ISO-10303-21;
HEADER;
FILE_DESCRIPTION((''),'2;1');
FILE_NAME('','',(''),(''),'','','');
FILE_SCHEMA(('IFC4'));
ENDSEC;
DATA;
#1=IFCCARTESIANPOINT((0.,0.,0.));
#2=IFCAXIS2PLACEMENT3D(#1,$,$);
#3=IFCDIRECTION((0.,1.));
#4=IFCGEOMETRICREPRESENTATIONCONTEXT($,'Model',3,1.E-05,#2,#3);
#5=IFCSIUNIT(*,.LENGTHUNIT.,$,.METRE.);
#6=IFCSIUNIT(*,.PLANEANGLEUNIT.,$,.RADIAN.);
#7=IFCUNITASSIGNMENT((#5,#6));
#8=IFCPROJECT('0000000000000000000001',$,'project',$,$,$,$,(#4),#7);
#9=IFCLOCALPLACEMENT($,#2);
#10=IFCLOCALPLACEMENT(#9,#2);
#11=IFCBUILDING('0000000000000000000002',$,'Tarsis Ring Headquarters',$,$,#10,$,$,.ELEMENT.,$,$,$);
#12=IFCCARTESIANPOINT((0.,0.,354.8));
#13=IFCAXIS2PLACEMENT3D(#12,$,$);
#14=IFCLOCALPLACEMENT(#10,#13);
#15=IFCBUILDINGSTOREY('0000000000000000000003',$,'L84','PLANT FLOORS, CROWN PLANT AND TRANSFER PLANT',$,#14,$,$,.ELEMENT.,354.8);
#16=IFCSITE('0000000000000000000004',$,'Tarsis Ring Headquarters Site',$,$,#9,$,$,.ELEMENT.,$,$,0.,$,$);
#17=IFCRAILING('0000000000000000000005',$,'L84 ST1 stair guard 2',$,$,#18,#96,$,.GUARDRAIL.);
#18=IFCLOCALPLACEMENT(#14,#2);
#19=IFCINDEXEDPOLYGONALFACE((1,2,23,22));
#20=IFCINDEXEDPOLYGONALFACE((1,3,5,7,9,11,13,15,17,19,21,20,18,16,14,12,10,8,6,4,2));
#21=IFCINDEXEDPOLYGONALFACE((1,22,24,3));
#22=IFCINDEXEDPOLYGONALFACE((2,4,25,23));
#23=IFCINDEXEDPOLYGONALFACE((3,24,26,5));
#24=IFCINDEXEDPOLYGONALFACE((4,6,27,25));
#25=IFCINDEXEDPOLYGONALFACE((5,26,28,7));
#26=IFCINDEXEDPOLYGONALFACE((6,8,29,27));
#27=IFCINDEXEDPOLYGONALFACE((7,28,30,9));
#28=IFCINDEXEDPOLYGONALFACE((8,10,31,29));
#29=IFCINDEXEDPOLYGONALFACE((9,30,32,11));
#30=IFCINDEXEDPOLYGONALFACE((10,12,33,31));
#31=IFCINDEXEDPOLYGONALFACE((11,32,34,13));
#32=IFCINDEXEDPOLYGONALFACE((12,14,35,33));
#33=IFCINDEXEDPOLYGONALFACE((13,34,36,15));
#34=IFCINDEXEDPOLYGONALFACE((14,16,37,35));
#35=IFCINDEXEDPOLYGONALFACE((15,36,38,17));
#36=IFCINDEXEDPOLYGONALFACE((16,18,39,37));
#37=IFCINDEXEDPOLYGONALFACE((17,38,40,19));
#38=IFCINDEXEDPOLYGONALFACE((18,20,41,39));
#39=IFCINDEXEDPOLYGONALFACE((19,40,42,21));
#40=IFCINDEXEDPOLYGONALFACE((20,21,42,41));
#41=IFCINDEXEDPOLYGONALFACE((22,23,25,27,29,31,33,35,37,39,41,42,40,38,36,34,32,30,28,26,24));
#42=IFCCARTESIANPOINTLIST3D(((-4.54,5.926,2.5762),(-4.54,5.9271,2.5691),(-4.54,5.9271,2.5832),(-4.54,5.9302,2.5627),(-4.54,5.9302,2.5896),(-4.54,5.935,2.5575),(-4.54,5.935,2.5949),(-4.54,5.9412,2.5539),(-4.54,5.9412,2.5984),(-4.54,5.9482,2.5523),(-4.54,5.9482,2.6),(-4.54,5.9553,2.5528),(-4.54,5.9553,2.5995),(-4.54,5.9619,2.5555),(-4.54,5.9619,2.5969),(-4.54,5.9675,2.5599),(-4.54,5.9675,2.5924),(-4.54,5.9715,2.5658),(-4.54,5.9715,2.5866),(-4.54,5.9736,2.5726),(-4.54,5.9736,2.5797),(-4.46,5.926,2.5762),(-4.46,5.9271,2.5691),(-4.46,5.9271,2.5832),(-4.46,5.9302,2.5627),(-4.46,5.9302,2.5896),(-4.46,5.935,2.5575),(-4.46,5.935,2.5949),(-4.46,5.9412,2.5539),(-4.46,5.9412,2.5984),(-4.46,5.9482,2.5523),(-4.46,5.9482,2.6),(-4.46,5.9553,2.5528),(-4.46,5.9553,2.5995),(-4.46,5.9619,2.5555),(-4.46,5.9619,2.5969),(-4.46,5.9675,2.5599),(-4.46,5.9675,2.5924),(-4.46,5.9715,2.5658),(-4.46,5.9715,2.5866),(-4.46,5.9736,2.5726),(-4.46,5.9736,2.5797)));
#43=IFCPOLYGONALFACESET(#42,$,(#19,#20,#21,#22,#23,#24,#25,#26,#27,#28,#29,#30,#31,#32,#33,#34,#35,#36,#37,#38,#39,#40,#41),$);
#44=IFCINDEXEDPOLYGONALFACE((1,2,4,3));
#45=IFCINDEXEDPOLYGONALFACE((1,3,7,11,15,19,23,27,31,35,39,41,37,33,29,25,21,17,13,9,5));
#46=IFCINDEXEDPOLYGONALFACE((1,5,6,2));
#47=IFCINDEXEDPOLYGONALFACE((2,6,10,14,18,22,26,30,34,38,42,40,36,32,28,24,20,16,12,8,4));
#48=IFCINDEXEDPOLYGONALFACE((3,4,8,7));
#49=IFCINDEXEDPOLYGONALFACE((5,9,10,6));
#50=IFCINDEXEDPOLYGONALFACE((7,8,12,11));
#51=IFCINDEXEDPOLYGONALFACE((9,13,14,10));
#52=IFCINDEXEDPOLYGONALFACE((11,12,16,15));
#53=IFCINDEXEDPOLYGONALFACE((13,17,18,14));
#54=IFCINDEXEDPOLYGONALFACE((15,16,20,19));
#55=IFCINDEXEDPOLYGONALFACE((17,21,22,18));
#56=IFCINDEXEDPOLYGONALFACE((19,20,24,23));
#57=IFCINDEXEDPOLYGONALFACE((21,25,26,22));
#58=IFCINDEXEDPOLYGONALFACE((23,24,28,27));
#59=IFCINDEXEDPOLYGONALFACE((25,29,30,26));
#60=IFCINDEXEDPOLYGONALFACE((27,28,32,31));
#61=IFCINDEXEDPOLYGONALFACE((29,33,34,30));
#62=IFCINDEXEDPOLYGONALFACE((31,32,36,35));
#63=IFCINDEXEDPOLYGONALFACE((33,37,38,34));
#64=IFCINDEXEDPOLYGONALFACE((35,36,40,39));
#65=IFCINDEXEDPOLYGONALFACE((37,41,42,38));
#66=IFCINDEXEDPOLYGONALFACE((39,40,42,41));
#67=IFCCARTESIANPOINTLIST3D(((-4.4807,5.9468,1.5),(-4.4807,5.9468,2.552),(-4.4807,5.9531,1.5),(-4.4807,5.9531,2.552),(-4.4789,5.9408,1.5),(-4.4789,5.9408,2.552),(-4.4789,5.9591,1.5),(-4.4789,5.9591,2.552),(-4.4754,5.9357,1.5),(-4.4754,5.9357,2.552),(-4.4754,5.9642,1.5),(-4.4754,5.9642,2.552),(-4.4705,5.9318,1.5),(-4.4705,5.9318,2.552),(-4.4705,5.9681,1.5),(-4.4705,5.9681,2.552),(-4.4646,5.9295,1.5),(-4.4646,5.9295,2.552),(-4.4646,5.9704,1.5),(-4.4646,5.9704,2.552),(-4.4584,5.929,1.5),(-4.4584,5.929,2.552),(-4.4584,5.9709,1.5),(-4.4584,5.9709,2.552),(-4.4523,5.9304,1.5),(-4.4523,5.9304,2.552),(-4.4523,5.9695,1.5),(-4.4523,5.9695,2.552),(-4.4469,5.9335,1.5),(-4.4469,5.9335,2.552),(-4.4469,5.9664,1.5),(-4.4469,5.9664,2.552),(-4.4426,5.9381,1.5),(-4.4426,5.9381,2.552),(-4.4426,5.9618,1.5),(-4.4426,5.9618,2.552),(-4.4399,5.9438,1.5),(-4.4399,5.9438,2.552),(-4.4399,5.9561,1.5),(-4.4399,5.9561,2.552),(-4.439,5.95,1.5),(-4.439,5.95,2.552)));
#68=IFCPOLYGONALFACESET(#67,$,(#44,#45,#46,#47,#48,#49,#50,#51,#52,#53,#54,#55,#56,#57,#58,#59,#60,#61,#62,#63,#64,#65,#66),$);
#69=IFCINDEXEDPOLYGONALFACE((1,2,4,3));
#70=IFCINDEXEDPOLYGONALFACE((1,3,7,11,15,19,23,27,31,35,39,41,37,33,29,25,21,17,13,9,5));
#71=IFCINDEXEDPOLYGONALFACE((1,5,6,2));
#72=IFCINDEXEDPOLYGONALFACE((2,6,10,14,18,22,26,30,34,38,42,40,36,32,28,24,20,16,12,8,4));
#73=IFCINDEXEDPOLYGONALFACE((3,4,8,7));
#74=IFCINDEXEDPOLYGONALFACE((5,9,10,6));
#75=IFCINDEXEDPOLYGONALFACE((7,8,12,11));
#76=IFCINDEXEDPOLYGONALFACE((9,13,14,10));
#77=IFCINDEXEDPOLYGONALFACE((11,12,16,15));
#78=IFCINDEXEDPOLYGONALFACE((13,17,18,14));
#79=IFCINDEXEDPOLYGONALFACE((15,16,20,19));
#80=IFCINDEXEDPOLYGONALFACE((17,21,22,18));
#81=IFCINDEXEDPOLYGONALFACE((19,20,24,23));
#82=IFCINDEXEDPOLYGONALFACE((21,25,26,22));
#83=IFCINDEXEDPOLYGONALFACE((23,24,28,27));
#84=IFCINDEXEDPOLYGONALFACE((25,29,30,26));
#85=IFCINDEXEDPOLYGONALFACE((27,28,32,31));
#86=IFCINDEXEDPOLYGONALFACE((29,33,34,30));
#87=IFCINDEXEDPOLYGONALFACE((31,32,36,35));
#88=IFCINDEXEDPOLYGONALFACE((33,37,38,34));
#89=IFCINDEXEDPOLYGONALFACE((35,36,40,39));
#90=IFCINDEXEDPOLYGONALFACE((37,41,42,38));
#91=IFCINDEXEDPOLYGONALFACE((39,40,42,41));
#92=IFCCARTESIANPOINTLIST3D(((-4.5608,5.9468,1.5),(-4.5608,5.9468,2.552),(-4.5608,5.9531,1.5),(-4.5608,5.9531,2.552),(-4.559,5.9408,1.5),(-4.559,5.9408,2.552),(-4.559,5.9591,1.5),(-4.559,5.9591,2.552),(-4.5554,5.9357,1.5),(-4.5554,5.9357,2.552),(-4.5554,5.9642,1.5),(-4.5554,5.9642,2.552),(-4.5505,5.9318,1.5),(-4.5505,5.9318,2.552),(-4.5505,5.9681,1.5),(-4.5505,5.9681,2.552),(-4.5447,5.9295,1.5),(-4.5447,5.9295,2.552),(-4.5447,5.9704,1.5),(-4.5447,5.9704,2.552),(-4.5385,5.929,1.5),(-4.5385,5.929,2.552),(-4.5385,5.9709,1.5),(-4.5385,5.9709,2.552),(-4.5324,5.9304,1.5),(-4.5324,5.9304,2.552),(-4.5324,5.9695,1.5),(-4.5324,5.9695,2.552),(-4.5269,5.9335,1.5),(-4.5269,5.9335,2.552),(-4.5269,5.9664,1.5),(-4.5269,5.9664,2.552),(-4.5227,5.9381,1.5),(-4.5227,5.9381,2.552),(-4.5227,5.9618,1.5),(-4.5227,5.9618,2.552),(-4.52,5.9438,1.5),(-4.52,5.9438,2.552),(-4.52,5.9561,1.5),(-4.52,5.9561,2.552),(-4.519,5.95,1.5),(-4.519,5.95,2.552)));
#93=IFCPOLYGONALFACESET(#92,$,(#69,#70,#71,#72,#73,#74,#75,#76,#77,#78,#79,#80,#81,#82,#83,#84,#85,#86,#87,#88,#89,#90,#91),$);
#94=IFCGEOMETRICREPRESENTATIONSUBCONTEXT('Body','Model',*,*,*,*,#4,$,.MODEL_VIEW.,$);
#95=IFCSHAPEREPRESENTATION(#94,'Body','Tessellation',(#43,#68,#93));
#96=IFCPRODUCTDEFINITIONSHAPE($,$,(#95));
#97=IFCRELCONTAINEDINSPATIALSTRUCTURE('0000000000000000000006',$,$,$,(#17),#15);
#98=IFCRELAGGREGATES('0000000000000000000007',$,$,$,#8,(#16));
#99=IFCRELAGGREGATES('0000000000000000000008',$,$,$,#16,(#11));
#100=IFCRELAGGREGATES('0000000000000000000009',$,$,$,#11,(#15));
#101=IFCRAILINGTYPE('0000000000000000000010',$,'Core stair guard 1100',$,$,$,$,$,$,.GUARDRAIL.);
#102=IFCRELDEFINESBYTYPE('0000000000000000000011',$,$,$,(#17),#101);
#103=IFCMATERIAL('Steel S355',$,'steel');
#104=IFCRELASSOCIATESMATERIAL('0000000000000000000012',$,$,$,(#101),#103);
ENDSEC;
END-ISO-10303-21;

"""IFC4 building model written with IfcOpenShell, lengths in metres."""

from ifc_helpers import new_model, si_unit, direction, frame, origin, origin_2d, place, context, subcontext, project, spatial, circle, extrude, material, type_object, element, save


model = new_model("IFC4")

# Units and contexts
model_context = context("Model", 3, precision=1e-05, world=origin(), true_north=direction((0.0, 1.0)))
body_context = subcontext(model_context, "Body", "Model", "MODEL_VIEW")
ifc_project = project(units=[si_unit("LENGTHUNIT", "METRE"), si_unit("PLANEANGLEUNIT", "RADIAN")], contexts=[model_context])

# Site, building, storey
site_placement = place(None, origin())
site = spatial("IfcSite", under=ifc_project, at=site_placement, Name="Tarsis Ring Headquarters Site", CompositionType="ELEMENT", RefElevation=0.0)
building_placement = place(site_placement, origin())
building = spatial("IfcBuilding", under=site, at=building_placement, Name="Tarsis Ring Headquarters", CompositionType="ELEMENT")
storey_placement = place(building_placement, frame((0.0, 0.0, 354.8)))
storey = spatial("IfcBuildingStorey", under=building, at=storey_placement, Name="L84", Description="PLANT FLOORS, CROWN PLANT AND TRANSFER PLANT", CompositionType="ELEMENT", Elevation=354.8)

# Shared definitions
ifc_material_1 = material(Name="Steel S355", Category="steel")

# Railing
railing_type_1 = type_object("IfcRailingType", Name="Core stair guard 1100", PredefinedType="GUARDRAIL", material=ifc_material_1)
railing_1_placement = place(storey_placement, frame((-4.46, 5.95, 1.5)))
element("IfcRailing", 1, at=railing_1_placement, inside=storey, type_object=railing_type_1, Name="L84 ST1 stair guard 2", PredefinedType="GUARDRAIL", context=body_context, shape_type="SweptSolid", body=[
    extrude(circle(Radius=0.0239, at=origin_2d()), frame((0.0, 0.0, 1.0762), z_axis=(-1.0, 0.0, 0.0), x_axis=(0.0, -1.0, 0.0)), (0.0, 0.0, 1.0), 0.0801),
    extrude(circle(Radius=0.021, at=origin_2d()), origin(), (0.0, 0.0, 1.0), 1.052),
    extrude(circle(Radius=0.021, at=origin_2d()), frame((-0.0801, 0.0, 0.0)), (0.0, 0.0, 1.0), 1.052),
])

save(model, "model.ifc")
